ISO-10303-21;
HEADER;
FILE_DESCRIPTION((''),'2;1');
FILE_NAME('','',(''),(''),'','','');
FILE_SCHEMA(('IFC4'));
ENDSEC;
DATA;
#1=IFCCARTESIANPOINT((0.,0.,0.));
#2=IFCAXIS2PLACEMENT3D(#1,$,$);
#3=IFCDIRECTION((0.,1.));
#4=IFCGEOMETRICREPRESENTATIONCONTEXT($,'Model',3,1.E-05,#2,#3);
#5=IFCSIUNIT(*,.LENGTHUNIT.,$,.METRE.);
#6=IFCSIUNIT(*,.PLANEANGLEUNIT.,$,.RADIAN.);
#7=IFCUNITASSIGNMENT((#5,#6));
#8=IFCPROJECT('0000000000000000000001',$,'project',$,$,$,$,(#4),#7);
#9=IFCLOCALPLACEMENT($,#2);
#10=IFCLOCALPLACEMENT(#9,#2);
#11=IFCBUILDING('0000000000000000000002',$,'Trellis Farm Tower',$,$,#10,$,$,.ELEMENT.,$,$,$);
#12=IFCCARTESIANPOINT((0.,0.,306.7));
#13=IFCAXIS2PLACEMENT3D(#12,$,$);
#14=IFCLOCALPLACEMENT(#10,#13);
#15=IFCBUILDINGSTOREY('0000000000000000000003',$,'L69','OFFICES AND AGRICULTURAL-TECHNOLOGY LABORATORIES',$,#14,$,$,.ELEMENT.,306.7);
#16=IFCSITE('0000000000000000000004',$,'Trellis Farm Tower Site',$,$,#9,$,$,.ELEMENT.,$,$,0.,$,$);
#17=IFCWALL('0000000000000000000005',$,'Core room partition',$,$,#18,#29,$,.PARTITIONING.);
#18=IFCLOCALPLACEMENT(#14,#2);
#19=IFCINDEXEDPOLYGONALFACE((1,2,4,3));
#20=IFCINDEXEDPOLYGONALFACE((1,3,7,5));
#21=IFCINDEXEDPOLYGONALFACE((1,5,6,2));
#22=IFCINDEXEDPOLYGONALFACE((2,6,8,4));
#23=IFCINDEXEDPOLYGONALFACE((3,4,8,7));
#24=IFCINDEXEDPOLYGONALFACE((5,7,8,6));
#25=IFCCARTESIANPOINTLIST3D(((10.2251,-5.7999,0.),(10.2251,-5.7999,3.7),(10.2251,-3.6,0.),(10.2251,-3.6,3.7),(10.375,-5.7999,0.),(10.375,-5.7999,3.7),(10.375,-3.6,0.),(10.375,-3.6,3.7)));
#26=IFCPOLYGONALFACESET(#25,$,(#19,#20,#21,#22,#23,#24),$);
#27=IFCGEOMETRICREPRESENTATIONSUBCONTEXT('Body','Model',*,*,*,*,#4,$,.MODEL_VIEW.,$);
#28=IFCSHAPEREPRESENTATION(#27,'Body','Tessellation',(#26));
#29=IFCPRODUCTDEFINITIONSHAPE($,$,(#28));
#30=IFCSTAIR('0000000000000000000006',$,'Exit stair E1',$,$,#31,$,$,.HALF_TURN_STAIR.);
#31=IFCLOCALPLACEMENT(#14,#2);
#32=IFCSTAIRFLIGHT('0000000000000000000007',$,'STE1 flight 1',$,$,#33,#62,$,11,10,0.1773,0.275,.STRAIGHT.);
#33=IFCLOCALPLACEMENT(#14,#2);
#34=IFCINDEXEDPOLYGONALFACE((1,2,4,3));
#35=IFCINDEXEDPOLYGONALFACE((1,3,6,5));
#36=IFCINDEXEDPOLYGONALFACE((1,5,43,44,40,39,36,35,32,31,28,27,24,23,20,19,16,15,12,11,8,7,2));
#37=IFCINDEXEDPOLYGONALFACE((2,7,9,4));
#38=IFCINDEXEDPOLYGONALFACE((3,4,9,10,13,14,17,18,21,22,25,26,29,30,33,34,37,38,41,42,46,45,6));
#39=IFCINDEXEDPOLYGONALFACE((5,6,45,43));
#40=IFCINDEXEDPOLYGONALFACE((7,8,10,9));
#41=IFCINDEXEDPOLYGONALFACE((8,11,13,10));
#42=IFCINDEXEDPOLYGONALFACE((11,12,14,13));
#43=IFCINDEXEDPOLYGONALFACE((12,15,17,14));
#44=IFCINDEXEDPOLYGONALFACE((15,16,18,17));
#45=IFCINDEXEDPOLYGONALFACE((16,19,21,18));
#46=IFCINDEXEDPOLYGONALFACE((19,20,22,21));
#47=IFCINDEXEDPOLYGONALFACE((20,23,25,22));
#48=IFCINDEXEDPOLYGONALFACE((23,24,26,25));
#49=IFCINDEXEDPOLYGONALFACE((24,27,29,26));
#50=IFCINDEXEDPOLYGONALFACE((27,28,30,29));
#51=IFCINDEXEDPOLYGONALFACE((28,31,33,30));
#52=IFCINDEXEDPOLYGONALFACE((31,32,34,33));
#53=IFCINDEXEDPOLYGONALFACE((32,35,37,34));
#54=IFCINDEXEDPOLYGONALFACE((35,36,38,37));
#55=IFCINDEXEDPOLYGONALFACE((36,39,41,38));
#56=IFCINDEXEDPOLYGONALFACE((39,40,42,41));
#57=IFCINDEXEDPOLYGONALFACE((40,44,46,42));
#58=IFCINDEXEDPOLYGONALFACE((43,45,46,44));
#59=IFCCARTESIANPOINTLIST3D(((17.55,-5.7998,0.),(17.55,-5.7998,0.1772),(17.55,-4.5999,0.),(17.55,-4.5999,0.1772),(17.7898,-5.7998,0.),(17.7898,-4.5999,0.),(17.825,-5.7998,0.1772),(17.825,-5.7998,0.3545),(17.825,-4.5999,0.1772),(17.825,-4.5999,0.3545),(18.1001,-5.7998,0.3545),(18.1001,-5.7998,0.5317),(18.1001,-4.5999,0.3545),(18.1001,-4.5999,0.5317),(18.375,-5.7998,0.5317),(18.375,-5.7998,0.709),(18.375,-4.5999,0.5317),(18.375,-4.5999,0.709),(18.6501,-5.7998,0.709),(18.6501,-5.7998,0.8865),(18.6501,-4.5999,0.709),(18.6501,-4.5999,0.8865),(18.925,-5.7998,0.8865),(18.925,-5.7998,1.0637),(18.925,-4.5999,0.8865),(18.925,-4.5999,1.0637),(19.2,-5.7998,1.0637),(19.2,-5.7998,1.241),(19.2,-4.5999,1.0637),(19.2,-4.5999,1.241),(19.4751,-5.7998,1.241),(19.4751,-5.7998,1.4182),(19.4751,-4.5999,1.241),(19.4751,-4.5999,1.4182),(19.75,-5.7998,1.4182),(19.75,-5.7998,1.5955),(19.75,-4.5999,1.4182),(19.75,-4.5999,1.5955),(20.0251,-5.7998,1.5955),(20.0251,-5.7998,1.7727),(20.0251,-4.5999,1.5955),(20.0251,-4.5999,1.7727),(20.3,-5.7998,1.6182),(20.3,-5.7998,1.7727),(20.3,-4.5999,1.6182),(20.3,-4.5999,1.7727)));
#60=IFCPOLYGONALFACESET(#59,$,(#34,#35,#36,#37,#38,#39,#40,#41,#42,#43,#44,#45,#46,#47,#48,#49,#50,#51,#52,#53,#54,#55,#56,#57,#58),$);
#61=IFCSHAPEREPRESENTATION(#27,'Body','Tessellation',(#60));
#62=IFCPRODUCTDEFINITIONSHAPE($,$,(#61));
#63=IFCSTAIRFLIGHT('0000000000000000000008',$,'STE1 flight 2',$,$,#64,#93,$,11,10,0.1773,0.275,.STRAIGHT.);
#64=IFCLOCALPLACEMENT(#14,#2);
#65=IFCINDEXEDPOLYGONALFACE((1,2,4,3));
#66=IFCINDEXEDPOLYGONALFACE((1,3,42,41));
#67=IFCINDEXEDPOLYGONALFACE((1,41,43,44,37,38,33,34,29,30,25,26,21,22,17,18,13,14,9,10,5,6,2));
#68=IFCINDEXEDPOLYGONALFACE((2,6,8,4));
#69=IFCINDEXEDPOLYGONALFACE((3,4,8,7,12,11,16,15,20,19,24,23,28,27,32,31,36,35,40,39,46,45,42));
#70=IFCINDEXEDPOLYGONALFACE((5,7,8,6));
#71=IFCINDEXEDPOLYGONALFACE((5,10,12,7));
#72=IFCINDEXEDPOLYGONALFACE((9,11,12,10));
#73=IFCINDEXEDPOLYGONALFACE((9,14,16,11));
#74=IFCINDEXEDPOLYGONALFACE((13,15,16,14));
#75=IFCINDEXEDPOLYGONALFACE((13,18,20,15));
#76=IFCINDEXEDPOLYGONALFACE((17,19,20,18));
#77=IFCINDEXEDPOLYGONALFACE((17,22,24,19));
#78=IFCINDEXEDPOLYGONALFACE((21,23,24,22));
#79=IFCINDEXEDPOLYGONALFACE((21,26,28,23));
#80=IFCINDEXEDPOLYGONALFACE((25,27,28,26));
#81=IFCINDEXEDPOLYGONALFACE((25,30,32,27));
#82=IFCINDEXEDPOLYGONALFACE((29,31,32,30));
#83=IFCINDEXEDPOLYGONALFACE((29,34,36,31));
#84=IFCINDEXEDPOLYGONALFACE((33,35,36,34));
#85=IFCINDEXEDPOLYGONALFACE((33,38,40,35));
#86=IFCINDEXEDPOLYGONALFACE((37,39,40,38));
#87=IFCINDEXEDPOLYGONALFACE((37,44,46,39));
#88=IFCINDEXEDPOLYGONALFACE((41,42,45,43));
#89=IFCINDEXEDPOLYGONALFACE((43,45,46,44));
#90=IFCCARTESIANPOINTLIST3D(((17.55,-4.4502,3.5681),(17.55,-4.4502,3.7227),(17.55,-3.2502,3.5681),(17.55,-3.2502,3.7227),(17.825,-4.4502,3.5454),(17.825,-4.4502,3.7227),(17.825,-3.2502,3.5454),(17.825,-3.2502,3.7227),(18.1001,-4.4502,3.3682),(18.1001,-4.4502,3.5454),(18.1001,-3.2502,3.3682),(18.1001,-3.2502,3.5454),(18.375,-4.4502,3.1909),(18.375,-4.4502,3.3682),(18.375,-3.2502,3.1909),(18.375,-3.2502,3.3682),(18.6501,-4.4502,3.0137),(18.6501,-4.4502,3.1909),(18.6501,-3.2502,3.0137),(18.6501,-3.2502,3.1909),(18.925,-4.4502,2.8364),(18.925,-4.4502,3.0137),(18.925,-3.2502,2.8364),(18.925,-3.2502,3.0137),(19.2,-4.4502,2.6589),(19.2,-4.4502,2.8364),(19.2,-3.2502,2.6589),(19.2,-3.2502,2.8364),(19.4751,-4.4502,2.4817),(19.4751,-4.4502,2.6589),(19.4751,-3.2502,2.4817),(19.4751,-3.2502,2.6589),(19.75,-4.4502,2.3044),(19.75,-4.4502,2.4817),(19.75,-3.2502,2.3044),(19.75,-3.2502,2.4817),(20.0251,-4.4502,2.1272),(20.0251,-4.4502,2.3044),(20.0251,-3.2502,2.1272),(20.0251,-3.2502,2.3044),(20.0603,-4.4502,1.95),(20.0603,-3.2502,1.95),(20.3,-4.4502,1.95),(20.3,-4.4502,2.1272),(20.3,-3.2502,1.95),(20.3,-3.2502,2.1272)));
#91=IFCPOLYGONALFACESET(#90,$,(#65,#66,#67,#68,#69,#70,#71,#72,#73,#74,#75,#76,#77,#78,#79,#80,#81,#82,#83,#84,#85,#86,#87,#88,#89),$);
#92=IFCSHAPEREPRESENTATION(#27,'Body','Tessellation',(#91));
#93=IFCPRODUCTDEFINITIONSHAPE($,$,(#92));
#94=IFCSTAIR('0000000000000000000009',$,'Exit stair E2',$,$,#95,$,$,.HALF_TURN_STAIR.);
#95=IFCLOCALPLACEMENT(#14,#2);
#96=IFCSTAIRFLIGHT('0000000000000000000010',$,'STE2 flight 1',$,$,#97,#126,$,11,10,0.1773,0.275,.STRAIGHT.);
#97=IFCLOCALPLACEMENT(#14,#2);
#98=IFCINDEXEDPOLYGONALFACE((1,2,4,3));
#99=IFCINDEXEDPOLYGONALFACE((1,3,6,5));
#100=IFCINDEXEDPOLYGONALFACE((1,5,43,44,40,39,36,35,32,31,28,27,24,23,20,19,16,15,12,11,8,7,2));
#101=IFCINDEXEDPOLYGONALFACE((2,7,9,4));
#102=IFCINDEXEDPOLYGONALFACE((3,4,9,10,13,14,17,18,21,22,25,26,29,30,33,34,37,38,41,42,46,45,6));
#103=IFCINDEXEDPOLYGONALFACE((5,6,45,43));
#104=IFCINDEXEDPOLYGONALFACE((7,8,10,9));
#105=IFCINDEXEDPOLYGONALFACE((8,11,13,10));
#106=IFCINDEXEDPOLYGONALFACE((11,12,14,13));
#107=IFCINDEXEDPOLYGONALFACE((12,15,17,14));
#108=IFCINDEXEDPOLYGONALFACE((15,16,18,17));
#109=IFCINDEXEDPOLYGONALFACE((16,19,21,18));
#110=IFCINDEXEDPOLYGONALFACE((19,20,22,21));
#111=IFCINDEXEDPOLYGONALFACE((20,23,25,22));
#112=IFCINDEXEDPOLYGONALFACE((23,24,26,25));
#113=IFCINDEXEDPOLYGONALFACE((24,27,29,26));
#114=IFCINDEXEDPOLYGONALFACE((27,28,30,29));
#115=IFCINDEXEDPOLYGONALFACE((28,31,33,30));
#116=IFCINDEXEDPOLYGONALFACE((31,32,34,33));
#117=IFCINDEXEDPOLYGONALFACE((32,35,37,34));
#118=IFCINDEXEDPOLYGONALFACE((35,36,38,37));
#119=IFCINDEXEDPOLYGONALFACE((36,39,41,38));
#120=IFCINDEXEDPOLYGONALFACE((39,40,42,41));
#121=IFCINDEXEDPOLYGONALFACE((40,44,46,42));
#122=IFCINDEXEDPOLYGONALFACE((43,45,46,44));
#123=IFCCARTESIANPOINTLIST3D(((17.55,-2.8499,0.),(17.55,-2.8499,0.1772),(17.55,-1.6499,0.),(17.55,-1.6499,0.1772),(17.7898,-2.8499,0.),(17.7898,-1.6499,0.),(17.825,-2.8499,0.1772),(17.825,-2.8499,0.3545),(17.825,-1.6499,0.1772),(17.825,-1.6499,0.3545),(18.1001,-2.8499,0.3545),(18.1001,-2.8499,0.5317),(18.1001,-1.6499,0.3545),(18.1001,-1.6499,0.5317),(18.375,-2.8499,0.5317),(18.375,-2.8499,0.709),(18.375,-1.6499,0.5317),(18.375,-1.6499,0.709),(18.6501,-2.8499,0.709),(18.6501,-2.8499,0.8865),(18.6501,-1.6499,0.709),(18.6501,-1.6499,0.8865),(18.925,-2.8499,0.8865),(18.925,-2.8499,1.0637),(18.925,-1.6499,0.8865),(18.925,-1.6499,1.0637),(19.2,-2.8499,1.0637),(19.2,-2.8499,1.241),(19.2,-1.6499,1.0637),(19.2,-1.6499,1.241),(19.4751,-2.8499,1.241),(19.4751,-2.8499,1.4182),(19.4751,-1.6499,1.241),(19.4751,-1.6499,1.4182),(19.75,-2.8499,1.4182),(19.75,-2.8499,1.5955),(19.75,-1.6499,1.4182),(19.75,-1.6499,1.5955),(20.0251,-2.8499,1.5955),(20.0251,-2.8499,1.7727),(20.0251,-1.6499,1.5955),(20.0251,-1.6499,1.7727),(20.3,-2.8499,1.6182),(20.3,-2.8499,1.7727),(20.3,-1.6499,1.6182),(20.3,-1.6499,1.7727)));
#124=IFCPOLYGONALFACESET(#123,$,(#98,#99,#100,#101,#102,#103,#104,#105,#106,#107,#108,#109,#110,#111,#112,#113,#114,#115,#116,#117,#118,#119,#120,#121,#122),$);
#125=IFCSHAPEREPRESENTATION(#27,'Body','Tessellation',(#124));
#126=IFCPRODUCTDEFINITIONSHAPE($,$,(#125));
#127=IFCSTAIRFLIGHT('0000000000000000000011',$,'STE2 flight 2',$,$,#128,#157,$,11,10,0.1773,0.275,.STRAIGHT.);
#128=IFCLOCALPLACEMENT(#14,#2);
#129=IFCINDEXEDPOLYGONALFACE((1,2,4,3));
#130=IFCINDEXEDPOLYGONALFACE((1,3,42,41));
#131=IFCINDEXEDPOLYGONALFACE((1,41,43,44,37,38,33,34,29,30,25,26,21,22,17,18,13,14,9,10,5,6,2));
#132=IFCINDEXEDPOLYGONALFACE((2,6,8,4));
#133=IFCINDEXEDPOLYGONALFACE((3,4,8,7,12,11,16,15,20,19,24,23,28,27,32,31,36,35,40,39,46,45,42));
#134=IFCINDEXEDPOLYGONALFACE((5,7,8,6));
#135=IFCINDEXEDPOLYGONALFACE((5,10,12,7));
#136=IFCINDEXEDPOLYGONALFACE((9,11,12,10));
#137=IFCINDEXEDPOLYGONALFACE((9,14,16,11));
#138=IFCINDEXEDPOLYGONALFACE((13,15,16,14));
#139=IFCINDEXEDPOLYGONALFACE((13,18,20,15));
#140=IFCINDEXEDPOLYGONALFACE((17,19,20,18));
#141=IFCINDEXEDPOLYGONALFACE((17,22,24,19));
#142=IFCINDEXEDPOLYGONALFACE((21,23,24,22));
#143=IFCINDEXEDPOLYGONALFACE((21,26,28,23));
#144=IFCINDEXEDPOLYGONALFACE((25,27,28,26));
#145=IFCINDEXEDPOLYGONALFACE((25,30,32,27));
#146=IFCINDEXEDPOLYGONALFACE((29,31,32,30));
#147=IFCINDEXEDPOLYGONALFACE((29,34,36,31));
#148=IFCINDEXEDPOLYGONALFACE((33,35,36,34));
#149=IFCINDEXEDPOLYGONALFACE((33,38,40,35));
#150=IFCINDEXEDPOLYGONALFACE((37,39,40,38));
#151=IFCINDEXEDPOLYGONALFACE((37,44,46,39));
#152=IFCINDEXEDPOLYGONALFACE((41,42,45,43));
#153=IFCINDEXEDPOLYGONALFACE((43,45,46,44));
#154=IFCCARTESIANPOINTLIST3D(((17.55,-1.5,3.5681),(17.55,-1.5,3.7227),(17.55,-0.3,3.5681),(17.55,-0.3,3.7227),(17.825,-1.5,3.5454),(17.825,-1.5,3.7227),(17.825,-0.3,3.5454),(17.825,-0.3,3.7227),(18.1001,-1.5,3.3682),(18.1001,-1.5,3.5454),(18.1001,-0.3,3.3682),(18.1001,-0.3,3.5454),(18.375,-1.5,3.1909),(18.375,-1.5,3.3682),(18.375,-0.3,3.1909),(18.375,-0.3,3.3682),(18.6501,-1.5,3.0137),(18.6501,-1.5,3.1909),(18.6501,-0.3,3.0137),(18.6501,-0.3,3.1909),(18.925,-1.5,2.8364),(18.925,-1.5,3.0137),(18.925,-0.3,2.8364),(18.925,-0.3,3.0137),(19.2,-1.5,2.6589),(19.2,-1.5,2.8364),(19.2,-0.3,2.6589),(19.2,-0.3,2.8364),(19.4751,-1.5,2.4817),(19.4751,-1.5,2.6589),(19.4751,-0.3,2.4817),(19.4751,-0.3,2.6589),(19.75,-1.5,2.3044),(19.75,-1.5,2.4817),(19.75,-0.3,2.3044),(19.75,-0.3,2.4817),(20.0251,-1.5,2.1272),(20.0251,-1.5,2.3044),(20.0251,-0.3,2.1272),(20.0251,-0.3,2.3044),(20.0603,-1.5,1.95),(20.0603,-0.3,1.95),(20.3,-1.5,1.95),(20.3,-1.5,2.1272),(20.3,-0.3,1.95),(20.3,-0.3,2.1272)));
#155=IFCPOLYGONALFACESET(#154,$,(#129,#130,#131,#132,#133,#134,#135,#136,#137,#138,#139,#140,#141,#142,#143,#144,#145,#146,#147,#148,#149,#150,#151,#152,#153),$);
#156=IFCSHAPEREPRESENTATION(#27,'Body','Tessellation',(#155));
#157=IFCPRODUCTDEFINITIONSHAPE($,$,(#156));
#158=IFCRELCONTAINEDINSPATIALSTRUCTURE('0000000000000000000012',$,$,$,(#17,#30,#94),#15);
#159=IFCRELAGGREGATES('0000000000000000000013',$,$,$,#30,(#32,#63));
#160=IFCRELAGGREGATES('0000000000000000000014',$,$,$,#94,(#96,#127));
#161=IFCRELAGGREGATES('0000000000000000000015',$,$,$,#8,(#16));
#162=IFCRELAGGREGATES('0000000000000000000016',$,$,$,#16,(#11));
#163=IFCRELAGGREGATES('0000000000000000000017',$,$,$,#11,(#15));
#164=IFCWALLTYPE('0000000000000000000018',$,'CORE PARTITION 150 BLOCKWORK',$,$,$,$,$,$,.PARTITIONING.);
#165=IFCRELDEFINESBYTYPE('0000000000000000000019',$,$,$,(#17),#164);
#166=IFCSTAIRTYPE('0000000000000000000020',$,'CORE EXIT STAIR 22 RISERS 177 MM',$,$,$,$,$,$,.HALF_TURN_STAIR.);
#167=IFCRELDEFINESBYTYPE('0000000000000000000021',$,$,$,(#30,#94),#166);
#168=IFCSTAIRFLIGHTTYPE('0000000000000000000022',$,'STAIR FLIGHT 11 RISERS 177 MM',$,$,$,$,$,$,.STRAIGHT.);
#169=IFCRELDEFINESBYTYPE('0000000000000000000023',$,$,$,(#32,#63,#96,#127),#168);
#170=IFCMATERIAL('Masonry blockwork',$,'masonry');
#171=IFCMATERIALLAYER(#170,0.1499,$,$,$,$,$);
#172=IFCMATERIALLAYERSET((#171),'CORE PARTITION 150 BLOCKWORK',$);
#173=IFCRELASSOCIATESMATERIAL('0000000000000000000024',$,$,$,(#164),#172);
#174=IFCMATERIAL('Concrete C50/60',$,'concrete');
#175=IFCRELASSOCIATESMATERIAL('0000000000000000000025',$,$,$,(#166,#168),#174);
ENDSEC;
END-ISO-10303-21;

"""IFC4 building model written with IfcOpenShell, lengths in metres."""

from ifc_helpers import new_model, si_unit, direction, frame, frame_2d, origin, place, context, subcontext, project, spatial, polyline, rectangle, outline, extrude, source, transform, mapped, material, layer, layer_set, type_object, element, aggregate, save


model = new_model("IFC4")

# Units and contexts
model_context = context("Model", 3, precision=1e-05, world=origin(), true_north=direction((0.0, 1.0)))
body_context = subcontext(model_context, "Body", "Model", "MODEL_VIEW")
ifc_project = project(units=[si_unit("LENGTHUNIT", "METRE"), si_unit("PLANEANGLEUNIT", "RADIAN")], contexts=[model_context])

# Site, building, storey
site_placement = place(None, origin())
site = spatial("IfcSite", under=ifc_project, at=site_placement, Name="Trellis Farm Tower Site", CompositionType="ELEMENT", RefElevation=0.0)
building_placement = place(site_placement, origin())
building = spatial("IfcBuilding", under=site, at=building_placement, Name="Trellis Farm Tower", CompositionType="ELEMENT")
storey_placement = place(building_placement, frame((0.0, 0.0, 306.7)))
storey = spatial("IfcBuildingStorey", under=building, at=storey_placement, Name="L69", Description="OFFICES AND AGRICULTURAL-TECHNOLOGY LABORATORIES", CompositionType="ELEMENT", Elevation=306.7)

# Shared definitions
placement = place(storey_placement, origin())

# Shared definitions
ifc_material_1 = material(Name="Concrete C50/60", Category="concrete")

# Wall
ifc_material_2 = material(Name="Masonry blockwork", Category="masonry")
ifc_layer_1 = layer(ifc_material_2, 0.1499)
ifc_layer_set_1 = layer_set([ifc_layer_1], Name="CORE PARTITION 150 BLOCKWORK")
wall_type_1 = type_object("IfcWallType", Name="CORE PARTITION 150 BLOCKWORK", PredefinedType="PARTITIONING", material=ifc_layer_set_1)
shared_shape_1 = source(origin(), body_context, "Body", "SweptSolid", [
    extrude(rectangle(XDim=2.2, YDim=0.1499, at=frame_2d((1.1001, 0.0))), origin(), (0.0, 0.0, 1.0), 3.7),
])
for number, where, z_axis, x_axis, name in (
    (1, (10.3, -5.8, 0.0), (0.0, 0.0, 1.0), (0.0, 1.0, 0.0), "Core room partition"),
):
    element("IfcWall", number, at=place(storey_placement, frame(where, z_axis=z_axis, x_axis=x_axis)), inside=storey, type_object=wall_type_1, Name=name, PredefinedType="PARTITIONING", context=body_context, shape_type="MappedRepresentation", body=[
        mapped(shared_shape_1, transform((0.0, 0.0, 0.0))),
    ])

# Stairs, stair flights
stair_type = type_object("IfcStairType", Name="CORE EXIT STAIR 22 RISERS 177 MM", PredefinedType="HALF_TURN_STAIR", material=ifc_material_1)
stair_1 = element("IfcStair", 2, at=placement, inside=storey, type_object=stair_type, Name="Exit stair E1", PredefinedType="HALF_TURN_STAIR")
stair_flight_type = type_object("IfcStairFlightType", Name="STAIR FLIGHT 11 RISERS 177 MM", PredefinedType="STRAIGHT", material=ifc_material_1)
shared_shape_2 = source(origin(), body_context, "Body", "SweptSolid", [
    extrude(outline(polyline([(0.0, 0.0), (0.0, 0.1772), (0.2749, 0.1772), (0.2749, 0.3545), (0.55, 0.3545), (0.55, 0.5317), (0.825, 0.5317), (0.825, 0.709), (1.1001, 0.709), (1.1001, 0.8865), (1.375, 0.8865), (1.375, 1.0637), (1.6499, 1.0637), (1.6499, 1.241), (1.925, 1.241), (1.925, 1.4182), (2.2, 1.4182), (2.2, 1.5955), (2.4751, 1.5955), (2.4751, 1.7727), (2.75, 1.7727), (2.75, 1.95), (2.75, 1.6182), (0.2397, 0.0), (0.0, 0.0)])), frame((0.0, 0.6001, 0.0), z_axis=(0.0, -1.0, 0.0), x_axis=(1.0, 0.0, 0.0)), (0.0, 0.0, 1.0), 1.2),
])
stair_flight_1_placement = place(storey_placement, frame((17.55, -5.2, 0.0), z_axis=(0.0, 0.0, 1.0), x_axis=(1.0, 0.0, 0.0)))
stair_flight_1 = element("IfcStairFlight", 3, at=stair_flight_1_placement, type_object=stair_flight_type, Name="STE1 flight 1", NumberOfRisers=11, NumberOfTreads=10, PredefinedType="STRAIGHT", RiserHeight=0.1773, TreadLength=0.275, context=body_context, shape_type="MappedRepresentation", body=[
    mapped(shared_shape_2, transform((0.0, 0.0, 0.0))),
])
stair_flight_2_placement = place(storey_placement, frame((20.3, -3.8501, 1.95), z_axis=(0.0, 0.0, 1.0), x_axis=(-1.0, 0.0, 0.0)))
stair_flight_2 = element("IfcStairFlight", 4, at=stair_flight_2_placement, type_object=stair_flight_type, Name="STE1 flight 2", NumberOfRisers=11, NumberOfTreads=10, PredefinedType="STRAIGHT", RiserHeight=0.1773, TreadLength=0.275, context=body_context, shape_type="MappedRepresentation", body=[
    mapped(shared_shape_2, transform((0.0, 0.0, 0.0))),
])
aggregate(stair_1, [stair_flight_1, stair_flight_2])
stair_2 = element("IfcStair", 5, at=placement, inside=storey, type_object=stair_type, Name="Exit stair E2", PredefinedType="HALF_TURN_STAIR")
stair_flight_3_placement = place(storey_placement, frame((17.55, -2.25, 0.0), z_axis=(0.0, 0.0, 1.0), x_axis=(1.0, 0.0, 0.0)))
stair_flight_3 = element("IfcStairFlight", 6, at=stair_flight_3_placement, type_object=stair_flight_type, Name="STE2 flight 1", NumberOfRisers=11, NumberOfTreads=10, PredefinedType="STRAIGHT", RiserHeight=0.1773, TreadLength=0.275, context=body_context, shape_type="MappedRepresentation", body=[
    mapped(shared_shape_2, transform((0.0, 0.0, 0.0))),
])
stair_flight_4_placement = place(storey_placement, frame((20.3, -0.8999, 1.95), z_axis=(0.0, 0.0, 1.0), x_axis=(-1.0, 0.0, 0.0)))
stair_flight_4 = element("IfcStairFlight", 7, at=stair_flight_4_placement, type_object=stair_flight_type, Name="STE2 flight 2", NumberOfRisers=11, NumberOfTreads=10, PredefinedType="STRAIGHT", RiserHeight=0.1773, TreadLength=0.275, context=body_context, shape_type="MappedRepresentation", body=[
    mapped(shared_shape_2, transform((0.0, 0.0, 0.0))),
])
aggregate(stair_2, [stair_flight_3, stair_flight_4])

save(model, "model.ifc")
